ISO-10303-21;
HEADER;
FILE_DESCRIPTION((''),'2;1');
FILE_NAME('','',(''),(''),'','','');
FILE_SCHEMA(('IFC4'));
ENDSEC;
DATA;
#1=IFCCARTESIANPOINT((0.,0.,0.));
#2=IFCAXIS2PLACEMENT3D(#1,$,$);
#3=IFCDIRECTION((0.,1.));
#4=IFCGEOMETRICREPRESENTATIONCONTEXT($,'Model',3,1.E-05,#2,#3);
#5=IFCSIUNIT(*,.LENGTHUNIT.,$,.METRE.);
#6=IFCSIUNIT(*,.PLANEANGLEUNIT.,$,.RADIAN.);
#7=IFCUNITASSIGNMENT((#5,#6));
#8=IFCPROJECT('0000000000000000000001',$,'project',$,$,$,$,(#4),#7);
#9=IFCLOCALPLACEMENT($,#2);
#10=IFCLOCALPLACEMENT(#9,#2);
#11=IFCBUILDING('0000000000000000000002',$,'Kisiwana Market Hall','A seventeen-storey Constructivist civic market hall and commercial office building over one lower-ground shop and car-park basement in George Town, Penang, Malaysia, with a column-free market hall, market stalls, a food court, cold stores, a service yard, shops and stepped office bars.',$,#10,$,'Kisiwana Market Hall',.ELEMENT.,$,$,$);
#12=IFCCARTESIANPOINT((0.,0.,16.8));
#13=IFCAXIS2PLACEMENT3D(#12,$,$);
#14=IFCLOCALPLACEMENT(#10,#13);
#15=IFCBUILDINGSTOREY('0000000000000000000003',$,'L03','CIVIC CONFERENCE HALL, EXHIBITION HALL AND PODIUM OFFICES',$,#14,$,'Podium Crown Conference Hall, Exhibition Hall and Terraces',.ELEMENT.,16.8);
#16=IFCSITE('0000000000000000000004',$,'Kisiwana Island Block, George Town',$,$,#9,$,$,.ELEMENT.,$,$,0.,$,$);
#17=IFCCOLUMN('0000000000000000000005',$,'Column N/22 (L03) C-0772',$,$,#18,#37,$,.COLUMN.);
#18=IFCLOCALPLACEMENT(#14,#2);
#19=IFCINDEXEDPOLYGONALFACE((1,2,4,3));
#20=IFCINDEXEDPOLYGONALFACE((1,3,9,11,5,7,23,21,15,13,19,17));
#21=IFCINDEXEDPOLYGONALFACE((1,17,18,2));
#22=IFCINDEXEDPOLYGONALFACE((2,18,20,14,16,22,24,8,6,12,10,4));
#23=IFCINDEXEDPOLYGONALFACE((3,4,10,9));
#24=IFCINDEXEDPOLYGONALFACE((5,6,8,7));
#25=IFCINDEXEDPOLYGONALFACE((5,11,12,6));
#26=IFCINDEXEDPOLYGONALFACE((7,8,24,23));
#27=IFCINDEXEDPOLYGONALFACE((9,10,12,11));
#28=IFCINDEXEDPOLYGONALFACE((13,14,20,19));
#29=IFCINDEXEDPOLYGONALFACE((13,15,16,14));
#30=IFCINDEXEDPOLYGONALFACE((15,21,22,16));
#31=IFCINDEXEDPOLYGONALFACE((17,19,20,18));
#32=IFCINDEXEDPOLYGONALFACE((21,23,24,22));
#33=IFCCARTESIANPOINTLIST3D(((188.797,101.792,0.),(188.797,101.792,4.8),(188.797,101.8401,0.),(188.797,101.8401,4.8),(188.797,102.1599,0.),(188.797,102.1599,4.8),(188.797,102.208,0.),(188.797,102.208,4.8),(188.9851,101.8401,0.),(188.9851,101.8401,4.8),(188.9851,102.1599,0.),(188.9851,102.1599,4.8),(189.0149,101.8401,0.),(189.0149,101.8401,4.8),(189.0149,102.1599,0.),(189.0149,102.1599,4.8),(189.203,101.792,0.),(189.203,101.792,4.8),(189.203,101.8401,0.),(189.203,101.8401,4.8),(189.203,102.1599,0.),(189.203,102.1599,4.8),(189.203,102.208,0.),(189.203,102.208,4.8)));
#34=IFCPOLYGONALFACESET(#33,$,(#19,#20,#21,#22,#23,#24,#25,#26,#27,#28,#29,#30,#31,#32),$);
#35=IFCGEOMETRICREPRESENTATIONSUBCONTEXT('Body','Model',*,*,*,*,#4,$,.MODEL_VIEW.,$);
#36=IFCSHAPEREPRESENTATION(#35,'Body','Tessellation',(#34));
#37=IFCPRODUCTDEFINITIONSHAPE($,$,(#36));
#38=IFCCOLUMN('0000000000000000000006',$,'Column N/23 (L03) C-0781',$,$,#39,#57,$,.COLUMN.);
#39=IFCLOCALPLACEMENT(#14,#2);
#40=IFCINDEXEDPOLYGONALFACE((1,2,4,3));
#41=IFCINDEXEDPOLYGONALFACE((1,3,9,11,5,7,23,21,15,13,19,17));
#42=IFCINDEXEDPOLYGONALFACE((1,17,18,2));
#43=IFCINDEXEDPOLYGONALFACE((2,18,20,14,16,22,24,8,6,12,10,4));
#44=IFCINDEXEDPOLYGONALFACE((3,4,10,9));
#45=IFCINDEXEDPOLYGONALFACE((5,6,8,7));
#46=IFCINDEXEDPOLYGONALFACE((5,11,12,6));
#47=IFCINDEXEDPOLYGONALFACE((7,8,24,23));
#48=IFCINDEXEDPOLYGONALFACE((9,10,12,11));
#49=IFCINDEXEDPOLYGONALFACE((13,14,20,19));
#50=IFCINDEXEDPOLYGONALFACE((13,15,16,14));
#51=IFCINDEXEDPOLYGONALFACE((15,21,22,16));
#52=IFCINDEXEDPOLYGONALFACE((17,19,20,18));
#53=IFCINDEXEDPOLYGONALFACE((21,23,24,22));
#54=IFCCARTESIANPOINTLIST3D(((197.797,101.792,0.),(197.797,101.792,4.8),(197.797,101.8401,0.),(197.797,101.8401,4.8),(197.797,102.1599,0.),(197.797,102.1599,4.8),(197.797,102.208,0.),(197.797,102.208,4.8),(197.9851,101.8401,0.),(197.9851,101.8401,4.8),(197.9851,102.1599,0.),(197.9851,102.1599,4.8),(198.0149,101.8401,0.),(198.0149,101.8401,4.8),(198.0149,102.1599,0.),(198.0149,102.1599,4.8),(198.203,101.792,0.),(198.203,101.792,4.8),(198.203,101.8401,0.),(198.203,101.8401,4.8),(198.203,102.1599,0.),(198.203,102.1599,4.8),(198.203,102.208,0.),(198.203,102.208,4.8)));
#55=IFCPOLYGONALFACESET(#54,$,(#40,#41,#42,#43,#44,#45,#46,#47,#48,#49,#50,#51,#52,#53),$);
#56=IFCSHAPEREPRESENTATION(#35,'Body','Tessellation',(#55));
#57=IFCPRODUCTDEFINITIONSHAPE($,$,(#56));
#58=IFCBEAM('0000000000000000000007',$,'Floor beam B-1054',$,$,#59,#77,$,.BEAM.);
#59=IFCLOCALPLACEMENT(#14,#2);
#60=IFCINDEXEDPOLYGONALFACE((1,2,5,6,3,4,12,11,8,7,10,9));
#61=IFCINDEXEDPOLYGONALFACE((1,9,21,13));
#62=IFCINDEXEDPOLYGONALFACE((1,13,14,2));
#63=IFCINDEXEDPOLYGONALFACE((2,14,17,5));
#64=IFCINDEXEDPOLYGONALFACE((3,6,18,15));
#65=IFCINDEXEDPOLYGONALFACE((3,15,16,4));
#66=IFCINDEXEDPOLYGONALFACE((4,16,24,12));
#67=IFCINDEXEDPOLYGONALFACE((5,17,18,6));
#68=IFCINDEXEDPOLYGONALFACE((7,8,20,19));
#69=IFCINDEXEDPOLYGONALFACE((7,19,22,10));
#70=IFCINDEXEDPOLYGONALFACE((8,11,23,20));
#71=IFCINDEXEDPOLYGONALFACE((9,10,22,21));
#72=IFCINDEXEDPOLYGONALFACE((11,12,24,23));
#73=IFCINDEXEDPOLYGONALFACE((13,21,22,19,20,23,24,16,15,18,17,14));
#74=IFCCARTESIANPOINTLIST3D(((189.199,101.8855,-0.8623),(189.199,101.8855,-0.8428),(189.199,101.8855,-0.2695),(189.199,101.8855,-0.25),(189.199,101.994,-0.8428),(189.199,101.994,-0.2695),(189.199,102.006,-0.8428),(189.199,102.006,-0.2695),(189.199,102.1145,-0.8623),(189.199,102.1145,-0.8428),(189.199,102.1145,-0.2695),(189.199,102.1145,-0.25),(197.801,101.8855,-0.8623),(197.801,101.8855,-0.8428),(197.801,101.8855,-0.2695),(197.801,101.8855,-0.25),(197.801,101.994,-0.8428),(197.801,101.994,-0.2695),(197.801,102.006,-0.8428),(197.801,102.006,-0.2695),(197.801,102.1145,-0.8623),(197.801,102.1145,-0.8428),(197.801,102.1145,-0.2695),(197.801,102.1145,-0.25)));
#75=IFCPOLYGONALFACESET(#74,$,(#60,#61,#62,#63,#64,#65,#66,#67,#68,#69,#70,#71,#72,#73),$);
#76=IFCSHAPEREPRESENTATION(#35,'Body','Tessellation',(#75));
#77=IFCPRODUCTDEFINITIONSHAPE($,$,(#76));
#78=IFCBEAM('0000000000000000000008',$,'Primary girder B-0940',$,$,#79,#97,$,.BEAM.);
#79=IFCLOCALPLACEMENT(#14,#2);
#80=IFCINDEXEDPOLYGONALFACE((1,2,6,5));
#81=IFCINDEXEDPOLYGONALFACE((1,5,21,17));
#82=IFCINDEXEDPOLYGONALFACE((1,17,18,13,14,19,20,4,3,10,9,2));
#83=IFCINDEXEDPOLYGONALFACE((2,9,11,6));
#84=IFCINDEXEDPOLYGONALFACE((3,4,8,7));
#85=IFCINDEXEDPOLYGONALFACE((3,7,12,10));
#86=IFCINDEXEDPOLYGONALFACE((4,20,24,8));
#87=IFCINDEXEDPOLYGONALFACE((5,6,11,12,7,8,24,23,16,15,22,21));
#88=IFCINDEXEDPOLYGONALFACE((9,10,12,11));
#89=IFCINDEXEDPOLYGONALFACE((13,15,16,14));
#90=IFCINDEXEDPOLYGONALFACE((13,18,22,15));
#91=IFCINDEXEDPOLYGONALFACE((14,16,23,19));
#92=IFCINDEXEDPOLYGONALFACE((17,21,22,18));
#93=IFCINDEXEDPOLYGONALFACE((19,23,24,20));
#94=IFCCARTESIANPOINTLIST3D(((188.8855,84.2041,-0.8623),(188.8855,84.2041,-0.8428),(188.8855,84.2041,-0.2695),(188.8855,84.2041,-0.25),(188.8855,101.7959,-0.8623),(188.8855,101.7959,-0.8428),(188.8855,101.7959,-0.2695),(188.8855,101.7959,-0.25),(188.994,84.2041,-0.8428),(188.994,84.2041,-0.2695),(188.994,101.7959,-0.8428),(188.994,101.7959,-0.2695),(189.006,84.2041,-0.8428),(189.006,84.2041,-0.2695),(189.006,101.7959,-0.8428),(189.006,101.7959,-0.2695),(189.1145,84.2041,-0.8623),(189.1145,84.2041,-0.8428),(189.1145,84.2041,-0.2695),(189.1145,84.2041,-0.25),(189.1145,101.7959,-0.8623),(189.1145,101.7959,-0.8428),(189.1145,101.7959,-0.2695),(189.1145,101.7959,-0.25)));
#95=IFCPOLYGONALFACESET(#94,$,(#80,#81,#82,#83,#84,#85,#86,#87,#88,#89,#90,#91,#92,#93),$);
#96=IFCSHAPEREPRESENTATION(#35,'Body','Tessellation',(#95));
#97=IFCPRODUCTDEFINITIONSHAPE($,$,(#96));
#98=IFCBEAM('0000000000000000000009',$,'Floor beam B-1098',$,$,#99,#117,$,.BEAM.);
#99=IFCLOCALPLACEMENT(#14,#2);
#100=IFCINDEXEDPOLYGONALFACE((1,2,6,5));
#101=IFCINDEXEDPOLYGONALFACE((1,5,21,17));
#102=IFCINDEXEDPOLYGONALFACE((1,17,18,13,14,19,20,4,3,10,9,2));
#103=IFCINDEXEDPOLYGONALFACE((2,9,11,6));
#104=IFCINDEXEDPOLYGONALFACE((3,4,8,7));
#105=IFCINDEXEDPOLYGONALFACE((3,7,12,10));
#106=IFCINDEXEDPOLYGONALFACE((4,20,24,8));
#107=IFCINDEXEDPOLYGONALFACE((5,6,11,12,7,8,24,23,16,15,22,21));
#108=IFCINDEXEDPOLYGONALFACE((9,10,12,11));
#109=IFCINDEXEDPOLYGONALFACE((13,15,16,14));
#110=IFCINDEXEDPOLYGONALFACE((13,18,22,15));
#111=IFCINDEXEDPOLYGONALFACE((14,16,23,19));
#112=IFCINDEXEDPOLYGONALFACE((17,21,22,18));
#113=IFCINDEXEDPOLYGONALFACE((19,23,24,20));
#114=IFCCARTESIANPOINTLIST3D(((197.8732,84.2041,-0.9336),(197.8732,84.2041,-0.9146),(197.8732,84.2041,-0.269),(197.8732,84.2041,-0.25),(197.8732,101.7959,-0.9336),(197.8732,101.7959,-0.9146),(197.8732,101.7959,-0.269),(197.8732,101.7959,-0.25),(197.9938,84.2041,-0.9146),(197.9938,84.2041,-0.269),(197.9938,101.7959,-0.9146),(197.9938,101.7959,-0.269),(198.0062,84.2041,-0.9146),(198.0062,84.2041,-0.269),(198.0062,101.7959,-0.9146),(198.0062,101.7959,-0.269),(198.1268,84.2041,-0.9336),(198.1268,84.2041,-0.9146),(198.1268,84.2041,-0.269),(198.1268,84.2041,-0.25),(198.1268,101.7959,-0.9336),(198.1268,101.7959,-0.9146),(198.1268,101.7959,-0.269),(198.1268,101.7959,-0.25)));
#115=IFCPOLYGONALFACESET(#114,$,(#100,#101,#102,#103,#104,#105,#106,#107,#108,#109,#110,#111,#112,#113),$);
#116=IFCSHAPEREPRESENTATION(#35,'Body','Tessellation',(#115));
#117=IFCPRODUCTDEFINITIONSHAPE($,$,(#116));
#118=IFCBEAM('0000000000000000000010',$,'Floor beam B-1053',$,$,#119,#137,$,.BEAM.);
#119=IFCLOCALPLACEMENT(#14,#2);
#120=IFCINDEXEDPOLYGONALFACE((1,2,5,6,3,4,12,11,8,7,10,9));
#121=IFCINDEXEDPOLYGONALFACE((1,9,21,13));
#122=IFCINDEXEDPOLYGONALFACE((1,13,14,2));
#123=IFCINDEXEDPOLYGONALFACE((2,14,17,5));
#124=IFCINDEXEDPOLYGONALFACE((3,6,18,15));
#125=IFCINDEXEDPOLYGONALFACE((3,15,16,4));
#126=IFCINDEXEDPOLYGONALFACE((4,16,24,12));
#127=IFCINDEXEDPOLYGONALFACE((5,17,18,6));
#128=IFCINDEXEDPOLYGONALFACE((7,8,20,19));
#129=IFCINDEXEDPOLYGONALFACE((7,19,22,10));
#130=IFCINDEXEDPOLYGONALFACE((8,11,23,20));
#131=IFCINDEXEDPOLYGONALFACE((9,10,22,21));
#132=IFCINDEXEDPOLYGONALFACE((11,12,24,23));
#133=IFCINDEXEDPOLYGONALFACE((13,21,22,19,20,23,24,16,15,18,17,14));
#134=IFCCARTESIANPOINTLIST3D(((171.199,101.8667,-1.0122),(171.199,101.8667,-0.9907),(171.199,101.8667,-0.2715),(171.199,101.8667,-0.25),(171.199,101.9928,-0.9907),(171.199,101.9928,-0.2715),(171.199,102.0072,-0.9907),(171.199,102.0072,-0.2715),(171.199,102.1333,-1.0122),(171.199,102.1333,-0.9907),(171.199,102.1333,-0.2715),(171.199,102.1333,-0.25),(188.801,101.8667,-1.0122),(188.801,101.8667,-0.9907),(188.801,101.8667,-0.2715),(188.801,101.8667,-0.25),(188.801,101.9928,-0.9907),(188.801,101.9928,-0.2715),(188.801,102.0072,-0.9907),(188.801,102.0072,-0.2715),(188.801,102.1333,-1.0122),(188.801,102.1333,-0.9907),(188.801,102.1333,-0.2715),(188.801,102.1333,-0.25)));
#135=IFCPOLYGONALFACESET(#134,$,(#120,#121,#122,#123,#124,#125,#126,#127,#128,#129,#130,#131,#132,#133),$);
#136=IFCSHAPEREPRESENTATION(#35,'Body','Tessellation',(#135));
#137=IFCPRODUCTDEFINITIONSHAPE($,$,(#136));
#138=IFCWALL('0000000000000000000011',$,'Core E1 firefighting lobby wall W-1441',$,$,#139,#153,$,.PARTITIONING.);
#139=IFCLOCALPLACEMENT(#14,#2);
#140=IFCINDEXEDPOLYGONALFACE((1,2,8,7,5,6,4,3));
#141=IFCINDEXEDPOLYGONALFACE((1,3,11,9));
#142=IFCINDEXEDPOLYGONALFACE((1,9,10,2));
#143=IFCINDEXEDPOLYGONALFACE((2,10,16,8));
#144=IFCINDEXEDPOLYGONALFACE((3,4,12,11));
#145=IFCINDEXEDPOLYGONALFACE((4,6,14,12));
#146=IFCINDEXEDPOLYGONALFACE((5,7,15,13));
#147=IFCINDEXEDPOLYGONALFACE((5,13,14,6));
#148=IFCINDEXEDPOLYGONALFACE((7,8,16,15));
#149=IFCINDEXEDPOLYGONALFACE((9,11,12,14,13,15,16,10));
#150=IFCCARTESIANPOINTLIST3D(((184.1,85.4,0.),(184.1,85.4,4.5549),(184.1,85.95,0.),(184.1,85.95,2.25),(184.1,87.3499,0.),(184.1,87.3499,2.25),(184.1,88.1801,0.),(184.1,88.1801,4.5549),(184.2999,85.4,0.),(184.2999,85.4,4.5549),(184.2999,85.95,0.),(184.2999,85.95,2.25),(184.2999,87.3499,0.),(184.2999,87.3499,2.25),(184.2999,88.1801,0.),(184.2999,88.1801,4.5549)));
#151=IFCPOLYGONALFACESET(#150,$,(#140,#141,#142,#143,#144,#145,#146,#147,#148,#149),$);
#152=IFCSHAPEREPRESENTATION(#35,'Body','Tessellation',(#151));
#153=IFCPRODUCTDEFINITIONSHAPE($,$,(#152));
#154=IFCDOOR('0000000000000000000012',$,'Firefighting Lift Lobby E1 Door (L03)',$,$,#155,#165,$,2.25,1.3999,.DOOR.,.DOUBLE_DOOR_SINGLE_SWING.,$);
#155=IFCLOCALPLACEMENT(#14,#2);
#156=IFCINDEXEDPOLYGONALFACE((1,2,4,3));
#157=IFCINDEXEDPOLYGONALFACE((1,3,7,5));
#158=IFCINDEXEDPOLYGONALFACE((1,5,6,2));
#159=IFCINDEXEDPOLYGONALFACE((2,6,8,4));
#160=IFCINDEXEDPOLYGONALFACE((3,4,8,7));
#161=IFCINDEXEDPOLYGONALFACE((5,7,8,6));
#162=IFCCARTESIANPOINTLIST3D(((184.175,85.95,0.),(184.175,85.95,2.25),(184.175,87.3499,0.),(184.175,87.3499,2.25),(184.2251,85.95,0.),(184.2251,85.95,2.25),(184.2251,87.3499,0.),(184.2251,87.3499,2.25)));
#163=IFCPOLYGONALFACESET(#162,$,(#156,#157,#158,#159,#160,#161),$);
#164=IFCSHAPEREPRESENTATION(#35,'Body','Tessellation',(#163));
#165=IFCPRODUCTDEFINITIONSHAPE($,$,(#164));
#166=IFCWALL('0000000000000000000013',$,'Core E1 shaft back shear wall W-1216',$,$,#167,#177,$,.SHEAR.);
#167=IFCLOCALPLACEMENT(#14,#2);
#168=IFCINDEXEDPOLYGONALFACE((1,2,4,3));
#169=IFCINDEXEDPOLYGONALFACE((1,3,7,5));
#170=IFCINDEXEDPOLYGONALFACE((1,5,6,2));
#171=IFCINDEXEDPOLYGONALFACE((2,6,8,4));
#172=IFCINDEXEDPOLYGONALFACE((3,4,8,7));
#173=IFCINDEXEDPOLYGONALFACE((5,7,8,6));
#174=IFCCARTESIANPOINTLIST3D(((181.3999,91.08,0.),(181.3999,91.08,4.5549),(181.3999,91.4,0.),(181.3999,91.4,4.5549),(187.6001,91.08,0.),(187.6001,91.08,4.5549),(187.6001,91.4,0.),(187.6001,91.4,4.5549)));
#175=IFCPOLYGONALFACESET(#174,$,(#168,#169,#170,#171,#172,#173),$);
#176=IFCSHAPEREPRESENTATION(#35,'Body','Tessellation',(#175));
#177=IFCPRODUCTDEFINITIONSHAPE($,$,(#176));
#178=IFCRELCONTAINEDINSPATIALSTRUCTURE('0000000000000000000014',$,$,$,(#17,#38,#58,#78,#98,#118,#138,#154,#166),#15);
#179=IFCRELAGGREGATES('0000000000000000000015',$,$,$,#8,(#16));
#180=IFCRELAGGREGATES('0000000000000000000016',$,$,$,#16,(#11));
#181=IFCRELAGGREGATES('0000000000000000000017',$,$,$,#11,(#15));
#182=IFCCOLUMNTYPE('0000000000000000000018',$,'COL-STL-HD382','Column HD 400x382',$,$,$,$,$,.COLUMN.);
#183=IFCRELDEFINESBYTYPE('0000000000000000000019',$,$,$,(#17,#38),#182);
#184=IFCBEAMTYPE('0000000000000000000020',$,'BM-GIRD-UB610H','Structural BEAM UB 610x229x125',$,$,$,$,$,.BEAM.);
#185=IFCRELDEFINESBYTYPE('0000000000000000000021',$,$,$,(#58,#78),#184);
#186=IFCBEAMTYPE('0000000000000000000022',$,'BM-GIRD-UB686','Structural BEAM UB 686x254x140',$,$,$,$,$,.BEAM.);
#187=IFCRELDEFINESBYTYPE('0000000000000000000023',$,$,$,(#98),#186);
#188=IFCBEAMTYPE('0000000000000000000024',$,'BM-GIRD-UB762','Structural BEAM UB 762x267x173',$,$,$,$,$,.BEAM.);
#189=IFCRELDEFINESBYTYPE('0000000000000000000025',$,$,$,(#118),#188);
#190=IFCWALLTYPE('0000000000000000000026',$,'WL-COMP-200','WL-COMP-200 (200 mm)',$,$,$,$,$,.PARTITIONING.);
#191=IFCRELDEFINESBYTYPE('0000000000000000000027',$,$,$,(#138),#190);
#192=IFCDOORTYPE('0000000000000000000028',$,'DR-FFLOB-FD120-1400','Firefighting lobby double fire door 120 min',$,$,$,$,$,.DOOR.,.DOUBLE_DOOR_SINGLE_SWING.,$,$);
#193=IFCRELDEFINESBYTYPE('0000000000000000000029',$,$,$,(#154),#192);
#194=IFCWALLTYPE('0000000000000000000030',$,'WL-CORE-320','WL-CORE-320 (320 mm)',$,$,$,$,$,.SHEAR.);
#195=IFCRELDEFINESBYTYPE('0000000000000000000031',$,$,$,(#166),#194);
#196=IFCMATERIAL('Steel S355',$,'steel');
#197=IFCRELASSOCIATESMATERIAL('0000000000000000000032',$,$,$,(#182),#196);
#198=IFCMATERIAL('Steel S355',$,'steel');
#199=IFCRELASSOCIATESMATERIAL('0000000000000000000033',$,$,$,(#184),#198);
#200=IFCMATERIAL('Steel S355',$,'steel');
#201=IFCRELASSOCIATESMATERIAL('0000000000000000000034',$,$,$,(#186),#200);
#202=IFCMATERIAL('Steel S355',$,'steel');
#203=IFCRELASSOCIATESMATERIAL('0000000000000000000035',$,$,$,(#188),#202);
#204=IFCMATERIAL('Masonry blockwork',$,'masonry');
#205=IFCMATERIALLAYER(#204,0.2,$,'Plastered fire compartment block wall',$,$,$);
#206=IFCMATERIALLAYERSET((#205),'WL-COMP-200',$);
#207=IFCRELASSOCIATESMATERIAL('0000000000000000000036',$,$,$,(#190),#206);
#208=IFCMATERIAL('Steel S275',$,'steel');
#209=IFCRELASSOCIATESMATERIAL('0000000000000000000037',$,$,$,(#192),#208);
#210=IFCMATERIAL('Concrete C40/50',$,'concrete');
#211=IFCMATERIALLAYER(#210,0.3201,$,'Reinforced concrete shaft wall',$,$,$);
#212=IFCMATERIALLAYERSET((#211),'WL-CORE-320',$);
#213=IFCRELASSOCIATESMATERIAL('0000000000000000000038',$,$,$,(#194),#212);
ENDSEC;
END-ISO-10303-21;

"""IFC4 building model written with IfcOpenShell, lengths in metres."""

from ifc_helpers import new_model, si_unit, direction, frame, frame_2d, origin, origin_2d, place, context, subcontext, project, spatial, rectangle, i_section, extrude, material, layer, layer_set, material_profile, profile_set, type_object, element, fill, save


model = new_model("IFC4")

# Units and contexts
model_context = context("Model", 3, precision=1e-05, world=origin(), true_north=direction((0.0, 1.0)))
body_context = subcontext(model_context, "Body", "Model", "MODEL_VIEW")
ifc_project = project(units=[si_unit("LENGTHUNIT", "METRE"), si_unit("PLANEANGLEUNIT", "RADIAN")], contexts=[model_context])

# Site, building, storey
site_placement = place(None, origin())
site = spatial("IfcSite", under=ifc_project, at=site_placement, Name="Kisiwana Island Block, George Town", CompositionType="ELEMENT", RefElevation=0.0)
building_placement = place(site_placement, origin())
building = spatial("IfcBuilding", under=site, at=building_placement, Name="Kisiwana Market Hall", Description="A seventeen-storey Constructivist civic market hall and commercial office building over one lower-ground shop and car-park basement in George Town, Penang, Malaysia, with a column-free market hall, market stalls, a food court, cold stores, a service yard, shops and stepped office bars.", LongName="Kisiwana Market Hall", CompositionType="ELEMENT")
storey_placement = place(building_placement, frame((0.0, 0.0, 16.8)))
storey = spatial("IfcBuildingStorey", under=building, at=storey_placement, Name="L03", Description="CIVIC CONFERENCE HALL, EXHIBITION HALL AND PODIUM OFFICES", LongName="Podium Crown Conference Hall, Exhibition Hall and Terraces", CompositionType="ELEMENT", Elevation=16.8)

# Columns
ifc_material_1 = material(Name="Steel S355", Category="steel")
ifc_material_profile_1 = material_profile(ifc_material_1, i_section(OverallWidth=0.406, OverallDepth=0.416, WebThickness=0.0298, FlangeThickness=0.0481, at=origin_2d()), Name="HD 400x382")
ifc_profile_set_1 = profile_set([ifc_material_profile_1], Name="Steel S355")
column_type = type_object("IfcColumnType", Name="COL-STL-HD382", Description="Column HD 400x382", PredefinedType="COLUMN", material=ifc_profile_set_1)
for number, where, z_axis, x_axis, name in (
    (1, (189.0, 102.0, 0.0), (0.0, 0.0, 1.0), (1.0, 0.0, 0.0), "Column N/22 (L03) C-0772"),
    (2, (198.0, 102.0, 0.0), (0.0, 0.0, 1.0), (1.0, 0.0, 0.0), "Column N/23 (L03) C-0781"),
):
    element("IfcColumn", number, at=place(storey_placement, frame(where, z_axis=z_axis, x_axis=x_axis)), inside=storey, type_object=column_type, Name=name, PredefinedType="COLUMN", context=body_context, shape_type="SweptSolid", body=[
        extrude(i_section(OverallWidth=0.406, OverallDepth=0.416, WebThickness=0.0298, FlangeThickness=0.0481, at=origin_2d()), origin(), (0.0, 0.0, 1.0), 4.8),
    ])

# Beams
ifc_material_2 = material(Name="Steel S355", Category="steel")
ifc_material_profile_2 = material_profile(ifc_material_2, i_section(OverallWidth=0.229, OverallDepth=0.6123, WebThickness=0.012, FlangeThickness=0.0195, at=origin_2d()), Name="UB 610x229x125")
ifc_profile_set_2 = profile_set([ifc_material_profile_2], Name="Steel S355")
beam_type_1 = type_object("IfcBeamType", Name="BM-GIRD-UB610H", Description="Structural BEAM UB 610x229x125", PredefinedType="BEAM", material=ifc_profile_set_2)
beam_1_placement = place(storey_placement, frame((189.199, 102.0, -0.5562), z_axis=(1.0, 0.0, 0.0), x_axis=(0.0, 1.0, 0.0)))
element("IfcBeam", 3, at=beam_1_placement, inside=storey, type_object=beam_type_1, Name="Floor beam B-1054", PredefinedType="BEAM", context=body_context, shape_type="SweptSolid", body=[
    extrude(i_section(OverallWidth=0.229, OverallDepth=0.6123, WebThickness=0.012, FlangeThickness=0.0195, at=origin_2d()), origin(), (0.0, 0.0, 1.0), 8.6021),
])
beam_2_placement = place(storey_placement, frame((189.0, 84.2041, -0.5562), z_axis=(0.0, 1.0, 0.0), x_axis=(-1.0, 0.0, 0.0)))
element("IfcBeam", 4, at=beam_2_placement, inside=storey, type_object=beam_type_1, Name="Primary girder B-0940", PredefinedType="BEAM", context=body_context, shape_type="SweptSolid", body=[
    extrude(i_section(OverallWidth=0.229, OverallDepth=0.6123, WebThickness=0.012, FlangeThickness=0.0195, at=origin_2d()), origin(), (0.0, 0.0, 1.0), 17.5918),
])
ifc_material_3 = material(Name="Steel S355", Category="steel")
ifc_material_profile_3 = material_profile(ifc_material_3, i_section(OverallWidth=0.2537, OverallDepth=0.6836, WebThickness=0.0125, FlangeThickness=0.019, at=origin_2d()), Name="UB 686x254x140")
ifc_profile_set_3 = profile_set([ifc_material_profile_3], Name="Steel S355")
beam_type_2 = type_object("IfcBeamType", Name="BM-GIRD-UB686", Description="Structural BEAM UB 686x254x140", PredefinedType="BEAM", material=ifc_profile_set_3)
beam_3_placement = place(storey_placement, frame((198.0, 84.2041, -0.5918), z_axis=(0.0, 1.0, 0.0), x_axis=(-1.0, 0.0, 0.0)))
element("IfcBeam", 5, at=beam_3_placement, inside=storey, type_object=beam_type_2, Name="Floor beam B-1098", PredefinedType="BEAM", context=body_context, shape_type="SweptSolid", body=[
    extrude(i_section(OverallWidth=0.2537, OverallDepth=0.6836, WebThickness=0.0125, FlangeThickness=0.019, at=origin_2d()), origin(), (0.0, 0.0, 1.0), 17.5918),
])
ifc_material_4 = material(Name="Steel S355", Category="steel")
ifc_material_profile_4 = material_profile(ifc_material_4, i_section(OverallWidth=0.2666, OverallDepth=0.7622, WebThickness=0.0144, FlangeThickness=0.0215, at=origin_2d()), Name="UB 762x267x173")
ifc_profile_set_4 = profile_set([ifc_material_profile_4], Name="Steel S355")
beam_type_3 = type_object("IfcBeamType", Name="BM-GIRD-UB762", Description="Structural BEAM UB 762x267x173", PredefinedType="BEAM", material=ifc_profile_set_4)
beam_4_placement = place(storey_placement, frame((171.199, 102.0, -0.6311), z_axis=(1.0, 0.0, 0.0), x_axis=(0.0, 1.0, 0.0)))
element("IfcBeam", 6, at=beam_4_placement, inside=storey, type_object=beam_type_3, Name="Floor beam B-1053", PredefinedType="BEAM", context=body_context, shape_type="SweptSolid", body=[
    extrude(i_section(OverallWidth=0.2666, OverallDepth=0.7622, WebThickness=0.0144, FlangeThickness=0.0215, at=origin_2d()), origin(), (0.0, 0.0, 1.0), 17.6021),
])

# Wall, opening, door
ifc_material_5 = material(Name="Masonry blockwork", Category="masonry")
ifc_layer_1 = layer(ifc_material_5, 0.2, Name="Plastered fire compartment block wall")
ifc_layer_set_1 = layer_set([ifc_layer_1], Name="WL-COMP-200")
wall_type_1 = type_object("IfcWallType", Name="WL-COMP-200", Description="WL-COMP-200 (200 mm)", PredefinedType="PARTITIONING", material=ifc_layer_set_1)
wall_1_placement = place(storey_placement, frame((184.2, 85.3999, 0.0), z_axis=(0.0, 0.0, 1.0), x_axis=(0.0, 1.0, 0.0)))
wall_1 = element("IfcWall", 7, at=wall_1_placement, inside=storey, type_object=wall_type_1, Name="Core E1 firefighting lobby wall W-1441", PredefinedType="PARTITIONING", context=body_context, shape_type="SweptSolid", body=[
    extrude(rectangle(XDim=2.78, YDim=0.2, at=frame_2d((1.3901, 0.0))), origin(), (0.0, 0.0, 1.0), 4.5549),
])
opening_1_placement = place(wall_1_placement, frame((0.55, 0.0, 0.0)))
opening_1 = element("IfcOpeningElement", 8, at=opening_1_placement, cuts=wall_1, PredefinedType="OPENING", context=body_context, shape_type="SweptSolid", body=[
    extrude(rectangle(XDim=1.3999, YDim=2.25, at=frame_2d((0.7, 1.125))), frame((0.0, 0.1118, 0.0), z_axis=(0.0, -1.0, 0.0), x_axis=(1.0, 0.0, 0.0)), (0.0, 0.0, 1.0), 0.2239),
])
ifc_material_6 = material(Name="Steel S275", Category="steel")
door_type_1 = type_object("IfcDoorType", Name="DR-FFLOB-FD120-1400", Description="Firefighting lobby double fire door 120 min", OperationType="DOUBLE_DOOR_SINGLE_SWING", PredefinedType="DOOR", material=ifc_material_6)
door_1_placement = place(opening_1_placement, origin())
door_1 = element("IfcDoor", 9, at=door_1_placement, inside=storey, type_object=door_type_1, Name="Firefighting Lift Lobby E1 Door (L03)", OperationType="DOUBLE_DOOR_SINGLE_SWING", OverallHeight=2.25, OverallWidth=1.3999, PredefinedType="DOOR", context=body_context, shape_type="SweptSolid", body=[
    extrude(rectangle(XDim=1.3999, YDim=2.25, at=frame_2d((0.7, 1.125))), frame((0.0, 0.0249, 0.0), z_axis=(0.0, -1.0, 0.0), x_axis=(1.0, 0.0, 0.0)), (0.0, 0.0, 1.0), 0.05),
])
fill(opening_1, door_1)

# Wall
ifc_material_7 = material(Name="Concrete C40/50", Category="concrete")
ifc_layer_2 = layer(ifc_material_7, 0.3201, Name="Reinforced concrete shaft wall")
ifc_layer_set_2 = layer_set([ifc_layer_2], Name="WL-CORE-320")
wall_type_2 = type_object("IfcWallType", Name="WL-CORE-320", Description="WL-CORE-320 (320 mm)", PredefinedType="SHEAR", material=ifc_layer_set_2)
wall_2_placement = place(storey_placement, frame((181.3999, 91.24, 0.0), z_axis=(0.0, 0.0, 1.0), x_axis=(1.0, 0.0, 0.0)))
element("IfcWall", 10, at=wall_2_placement, inside=storey, type_object=wall_type_2, Name="Core E1 shaft back shear wall W-1216", PredefinedType="SHEAR", context=body_context, shape_type="SweptSolid", body=[
    extrude(rectangle(XDim=6.2002, YDim=0.3201, at=frame_2d((3.1001, 0.0))), origin(), (0.0, 0.0, 1.0), 4.5549),
])

save(model, "model.ifc")
